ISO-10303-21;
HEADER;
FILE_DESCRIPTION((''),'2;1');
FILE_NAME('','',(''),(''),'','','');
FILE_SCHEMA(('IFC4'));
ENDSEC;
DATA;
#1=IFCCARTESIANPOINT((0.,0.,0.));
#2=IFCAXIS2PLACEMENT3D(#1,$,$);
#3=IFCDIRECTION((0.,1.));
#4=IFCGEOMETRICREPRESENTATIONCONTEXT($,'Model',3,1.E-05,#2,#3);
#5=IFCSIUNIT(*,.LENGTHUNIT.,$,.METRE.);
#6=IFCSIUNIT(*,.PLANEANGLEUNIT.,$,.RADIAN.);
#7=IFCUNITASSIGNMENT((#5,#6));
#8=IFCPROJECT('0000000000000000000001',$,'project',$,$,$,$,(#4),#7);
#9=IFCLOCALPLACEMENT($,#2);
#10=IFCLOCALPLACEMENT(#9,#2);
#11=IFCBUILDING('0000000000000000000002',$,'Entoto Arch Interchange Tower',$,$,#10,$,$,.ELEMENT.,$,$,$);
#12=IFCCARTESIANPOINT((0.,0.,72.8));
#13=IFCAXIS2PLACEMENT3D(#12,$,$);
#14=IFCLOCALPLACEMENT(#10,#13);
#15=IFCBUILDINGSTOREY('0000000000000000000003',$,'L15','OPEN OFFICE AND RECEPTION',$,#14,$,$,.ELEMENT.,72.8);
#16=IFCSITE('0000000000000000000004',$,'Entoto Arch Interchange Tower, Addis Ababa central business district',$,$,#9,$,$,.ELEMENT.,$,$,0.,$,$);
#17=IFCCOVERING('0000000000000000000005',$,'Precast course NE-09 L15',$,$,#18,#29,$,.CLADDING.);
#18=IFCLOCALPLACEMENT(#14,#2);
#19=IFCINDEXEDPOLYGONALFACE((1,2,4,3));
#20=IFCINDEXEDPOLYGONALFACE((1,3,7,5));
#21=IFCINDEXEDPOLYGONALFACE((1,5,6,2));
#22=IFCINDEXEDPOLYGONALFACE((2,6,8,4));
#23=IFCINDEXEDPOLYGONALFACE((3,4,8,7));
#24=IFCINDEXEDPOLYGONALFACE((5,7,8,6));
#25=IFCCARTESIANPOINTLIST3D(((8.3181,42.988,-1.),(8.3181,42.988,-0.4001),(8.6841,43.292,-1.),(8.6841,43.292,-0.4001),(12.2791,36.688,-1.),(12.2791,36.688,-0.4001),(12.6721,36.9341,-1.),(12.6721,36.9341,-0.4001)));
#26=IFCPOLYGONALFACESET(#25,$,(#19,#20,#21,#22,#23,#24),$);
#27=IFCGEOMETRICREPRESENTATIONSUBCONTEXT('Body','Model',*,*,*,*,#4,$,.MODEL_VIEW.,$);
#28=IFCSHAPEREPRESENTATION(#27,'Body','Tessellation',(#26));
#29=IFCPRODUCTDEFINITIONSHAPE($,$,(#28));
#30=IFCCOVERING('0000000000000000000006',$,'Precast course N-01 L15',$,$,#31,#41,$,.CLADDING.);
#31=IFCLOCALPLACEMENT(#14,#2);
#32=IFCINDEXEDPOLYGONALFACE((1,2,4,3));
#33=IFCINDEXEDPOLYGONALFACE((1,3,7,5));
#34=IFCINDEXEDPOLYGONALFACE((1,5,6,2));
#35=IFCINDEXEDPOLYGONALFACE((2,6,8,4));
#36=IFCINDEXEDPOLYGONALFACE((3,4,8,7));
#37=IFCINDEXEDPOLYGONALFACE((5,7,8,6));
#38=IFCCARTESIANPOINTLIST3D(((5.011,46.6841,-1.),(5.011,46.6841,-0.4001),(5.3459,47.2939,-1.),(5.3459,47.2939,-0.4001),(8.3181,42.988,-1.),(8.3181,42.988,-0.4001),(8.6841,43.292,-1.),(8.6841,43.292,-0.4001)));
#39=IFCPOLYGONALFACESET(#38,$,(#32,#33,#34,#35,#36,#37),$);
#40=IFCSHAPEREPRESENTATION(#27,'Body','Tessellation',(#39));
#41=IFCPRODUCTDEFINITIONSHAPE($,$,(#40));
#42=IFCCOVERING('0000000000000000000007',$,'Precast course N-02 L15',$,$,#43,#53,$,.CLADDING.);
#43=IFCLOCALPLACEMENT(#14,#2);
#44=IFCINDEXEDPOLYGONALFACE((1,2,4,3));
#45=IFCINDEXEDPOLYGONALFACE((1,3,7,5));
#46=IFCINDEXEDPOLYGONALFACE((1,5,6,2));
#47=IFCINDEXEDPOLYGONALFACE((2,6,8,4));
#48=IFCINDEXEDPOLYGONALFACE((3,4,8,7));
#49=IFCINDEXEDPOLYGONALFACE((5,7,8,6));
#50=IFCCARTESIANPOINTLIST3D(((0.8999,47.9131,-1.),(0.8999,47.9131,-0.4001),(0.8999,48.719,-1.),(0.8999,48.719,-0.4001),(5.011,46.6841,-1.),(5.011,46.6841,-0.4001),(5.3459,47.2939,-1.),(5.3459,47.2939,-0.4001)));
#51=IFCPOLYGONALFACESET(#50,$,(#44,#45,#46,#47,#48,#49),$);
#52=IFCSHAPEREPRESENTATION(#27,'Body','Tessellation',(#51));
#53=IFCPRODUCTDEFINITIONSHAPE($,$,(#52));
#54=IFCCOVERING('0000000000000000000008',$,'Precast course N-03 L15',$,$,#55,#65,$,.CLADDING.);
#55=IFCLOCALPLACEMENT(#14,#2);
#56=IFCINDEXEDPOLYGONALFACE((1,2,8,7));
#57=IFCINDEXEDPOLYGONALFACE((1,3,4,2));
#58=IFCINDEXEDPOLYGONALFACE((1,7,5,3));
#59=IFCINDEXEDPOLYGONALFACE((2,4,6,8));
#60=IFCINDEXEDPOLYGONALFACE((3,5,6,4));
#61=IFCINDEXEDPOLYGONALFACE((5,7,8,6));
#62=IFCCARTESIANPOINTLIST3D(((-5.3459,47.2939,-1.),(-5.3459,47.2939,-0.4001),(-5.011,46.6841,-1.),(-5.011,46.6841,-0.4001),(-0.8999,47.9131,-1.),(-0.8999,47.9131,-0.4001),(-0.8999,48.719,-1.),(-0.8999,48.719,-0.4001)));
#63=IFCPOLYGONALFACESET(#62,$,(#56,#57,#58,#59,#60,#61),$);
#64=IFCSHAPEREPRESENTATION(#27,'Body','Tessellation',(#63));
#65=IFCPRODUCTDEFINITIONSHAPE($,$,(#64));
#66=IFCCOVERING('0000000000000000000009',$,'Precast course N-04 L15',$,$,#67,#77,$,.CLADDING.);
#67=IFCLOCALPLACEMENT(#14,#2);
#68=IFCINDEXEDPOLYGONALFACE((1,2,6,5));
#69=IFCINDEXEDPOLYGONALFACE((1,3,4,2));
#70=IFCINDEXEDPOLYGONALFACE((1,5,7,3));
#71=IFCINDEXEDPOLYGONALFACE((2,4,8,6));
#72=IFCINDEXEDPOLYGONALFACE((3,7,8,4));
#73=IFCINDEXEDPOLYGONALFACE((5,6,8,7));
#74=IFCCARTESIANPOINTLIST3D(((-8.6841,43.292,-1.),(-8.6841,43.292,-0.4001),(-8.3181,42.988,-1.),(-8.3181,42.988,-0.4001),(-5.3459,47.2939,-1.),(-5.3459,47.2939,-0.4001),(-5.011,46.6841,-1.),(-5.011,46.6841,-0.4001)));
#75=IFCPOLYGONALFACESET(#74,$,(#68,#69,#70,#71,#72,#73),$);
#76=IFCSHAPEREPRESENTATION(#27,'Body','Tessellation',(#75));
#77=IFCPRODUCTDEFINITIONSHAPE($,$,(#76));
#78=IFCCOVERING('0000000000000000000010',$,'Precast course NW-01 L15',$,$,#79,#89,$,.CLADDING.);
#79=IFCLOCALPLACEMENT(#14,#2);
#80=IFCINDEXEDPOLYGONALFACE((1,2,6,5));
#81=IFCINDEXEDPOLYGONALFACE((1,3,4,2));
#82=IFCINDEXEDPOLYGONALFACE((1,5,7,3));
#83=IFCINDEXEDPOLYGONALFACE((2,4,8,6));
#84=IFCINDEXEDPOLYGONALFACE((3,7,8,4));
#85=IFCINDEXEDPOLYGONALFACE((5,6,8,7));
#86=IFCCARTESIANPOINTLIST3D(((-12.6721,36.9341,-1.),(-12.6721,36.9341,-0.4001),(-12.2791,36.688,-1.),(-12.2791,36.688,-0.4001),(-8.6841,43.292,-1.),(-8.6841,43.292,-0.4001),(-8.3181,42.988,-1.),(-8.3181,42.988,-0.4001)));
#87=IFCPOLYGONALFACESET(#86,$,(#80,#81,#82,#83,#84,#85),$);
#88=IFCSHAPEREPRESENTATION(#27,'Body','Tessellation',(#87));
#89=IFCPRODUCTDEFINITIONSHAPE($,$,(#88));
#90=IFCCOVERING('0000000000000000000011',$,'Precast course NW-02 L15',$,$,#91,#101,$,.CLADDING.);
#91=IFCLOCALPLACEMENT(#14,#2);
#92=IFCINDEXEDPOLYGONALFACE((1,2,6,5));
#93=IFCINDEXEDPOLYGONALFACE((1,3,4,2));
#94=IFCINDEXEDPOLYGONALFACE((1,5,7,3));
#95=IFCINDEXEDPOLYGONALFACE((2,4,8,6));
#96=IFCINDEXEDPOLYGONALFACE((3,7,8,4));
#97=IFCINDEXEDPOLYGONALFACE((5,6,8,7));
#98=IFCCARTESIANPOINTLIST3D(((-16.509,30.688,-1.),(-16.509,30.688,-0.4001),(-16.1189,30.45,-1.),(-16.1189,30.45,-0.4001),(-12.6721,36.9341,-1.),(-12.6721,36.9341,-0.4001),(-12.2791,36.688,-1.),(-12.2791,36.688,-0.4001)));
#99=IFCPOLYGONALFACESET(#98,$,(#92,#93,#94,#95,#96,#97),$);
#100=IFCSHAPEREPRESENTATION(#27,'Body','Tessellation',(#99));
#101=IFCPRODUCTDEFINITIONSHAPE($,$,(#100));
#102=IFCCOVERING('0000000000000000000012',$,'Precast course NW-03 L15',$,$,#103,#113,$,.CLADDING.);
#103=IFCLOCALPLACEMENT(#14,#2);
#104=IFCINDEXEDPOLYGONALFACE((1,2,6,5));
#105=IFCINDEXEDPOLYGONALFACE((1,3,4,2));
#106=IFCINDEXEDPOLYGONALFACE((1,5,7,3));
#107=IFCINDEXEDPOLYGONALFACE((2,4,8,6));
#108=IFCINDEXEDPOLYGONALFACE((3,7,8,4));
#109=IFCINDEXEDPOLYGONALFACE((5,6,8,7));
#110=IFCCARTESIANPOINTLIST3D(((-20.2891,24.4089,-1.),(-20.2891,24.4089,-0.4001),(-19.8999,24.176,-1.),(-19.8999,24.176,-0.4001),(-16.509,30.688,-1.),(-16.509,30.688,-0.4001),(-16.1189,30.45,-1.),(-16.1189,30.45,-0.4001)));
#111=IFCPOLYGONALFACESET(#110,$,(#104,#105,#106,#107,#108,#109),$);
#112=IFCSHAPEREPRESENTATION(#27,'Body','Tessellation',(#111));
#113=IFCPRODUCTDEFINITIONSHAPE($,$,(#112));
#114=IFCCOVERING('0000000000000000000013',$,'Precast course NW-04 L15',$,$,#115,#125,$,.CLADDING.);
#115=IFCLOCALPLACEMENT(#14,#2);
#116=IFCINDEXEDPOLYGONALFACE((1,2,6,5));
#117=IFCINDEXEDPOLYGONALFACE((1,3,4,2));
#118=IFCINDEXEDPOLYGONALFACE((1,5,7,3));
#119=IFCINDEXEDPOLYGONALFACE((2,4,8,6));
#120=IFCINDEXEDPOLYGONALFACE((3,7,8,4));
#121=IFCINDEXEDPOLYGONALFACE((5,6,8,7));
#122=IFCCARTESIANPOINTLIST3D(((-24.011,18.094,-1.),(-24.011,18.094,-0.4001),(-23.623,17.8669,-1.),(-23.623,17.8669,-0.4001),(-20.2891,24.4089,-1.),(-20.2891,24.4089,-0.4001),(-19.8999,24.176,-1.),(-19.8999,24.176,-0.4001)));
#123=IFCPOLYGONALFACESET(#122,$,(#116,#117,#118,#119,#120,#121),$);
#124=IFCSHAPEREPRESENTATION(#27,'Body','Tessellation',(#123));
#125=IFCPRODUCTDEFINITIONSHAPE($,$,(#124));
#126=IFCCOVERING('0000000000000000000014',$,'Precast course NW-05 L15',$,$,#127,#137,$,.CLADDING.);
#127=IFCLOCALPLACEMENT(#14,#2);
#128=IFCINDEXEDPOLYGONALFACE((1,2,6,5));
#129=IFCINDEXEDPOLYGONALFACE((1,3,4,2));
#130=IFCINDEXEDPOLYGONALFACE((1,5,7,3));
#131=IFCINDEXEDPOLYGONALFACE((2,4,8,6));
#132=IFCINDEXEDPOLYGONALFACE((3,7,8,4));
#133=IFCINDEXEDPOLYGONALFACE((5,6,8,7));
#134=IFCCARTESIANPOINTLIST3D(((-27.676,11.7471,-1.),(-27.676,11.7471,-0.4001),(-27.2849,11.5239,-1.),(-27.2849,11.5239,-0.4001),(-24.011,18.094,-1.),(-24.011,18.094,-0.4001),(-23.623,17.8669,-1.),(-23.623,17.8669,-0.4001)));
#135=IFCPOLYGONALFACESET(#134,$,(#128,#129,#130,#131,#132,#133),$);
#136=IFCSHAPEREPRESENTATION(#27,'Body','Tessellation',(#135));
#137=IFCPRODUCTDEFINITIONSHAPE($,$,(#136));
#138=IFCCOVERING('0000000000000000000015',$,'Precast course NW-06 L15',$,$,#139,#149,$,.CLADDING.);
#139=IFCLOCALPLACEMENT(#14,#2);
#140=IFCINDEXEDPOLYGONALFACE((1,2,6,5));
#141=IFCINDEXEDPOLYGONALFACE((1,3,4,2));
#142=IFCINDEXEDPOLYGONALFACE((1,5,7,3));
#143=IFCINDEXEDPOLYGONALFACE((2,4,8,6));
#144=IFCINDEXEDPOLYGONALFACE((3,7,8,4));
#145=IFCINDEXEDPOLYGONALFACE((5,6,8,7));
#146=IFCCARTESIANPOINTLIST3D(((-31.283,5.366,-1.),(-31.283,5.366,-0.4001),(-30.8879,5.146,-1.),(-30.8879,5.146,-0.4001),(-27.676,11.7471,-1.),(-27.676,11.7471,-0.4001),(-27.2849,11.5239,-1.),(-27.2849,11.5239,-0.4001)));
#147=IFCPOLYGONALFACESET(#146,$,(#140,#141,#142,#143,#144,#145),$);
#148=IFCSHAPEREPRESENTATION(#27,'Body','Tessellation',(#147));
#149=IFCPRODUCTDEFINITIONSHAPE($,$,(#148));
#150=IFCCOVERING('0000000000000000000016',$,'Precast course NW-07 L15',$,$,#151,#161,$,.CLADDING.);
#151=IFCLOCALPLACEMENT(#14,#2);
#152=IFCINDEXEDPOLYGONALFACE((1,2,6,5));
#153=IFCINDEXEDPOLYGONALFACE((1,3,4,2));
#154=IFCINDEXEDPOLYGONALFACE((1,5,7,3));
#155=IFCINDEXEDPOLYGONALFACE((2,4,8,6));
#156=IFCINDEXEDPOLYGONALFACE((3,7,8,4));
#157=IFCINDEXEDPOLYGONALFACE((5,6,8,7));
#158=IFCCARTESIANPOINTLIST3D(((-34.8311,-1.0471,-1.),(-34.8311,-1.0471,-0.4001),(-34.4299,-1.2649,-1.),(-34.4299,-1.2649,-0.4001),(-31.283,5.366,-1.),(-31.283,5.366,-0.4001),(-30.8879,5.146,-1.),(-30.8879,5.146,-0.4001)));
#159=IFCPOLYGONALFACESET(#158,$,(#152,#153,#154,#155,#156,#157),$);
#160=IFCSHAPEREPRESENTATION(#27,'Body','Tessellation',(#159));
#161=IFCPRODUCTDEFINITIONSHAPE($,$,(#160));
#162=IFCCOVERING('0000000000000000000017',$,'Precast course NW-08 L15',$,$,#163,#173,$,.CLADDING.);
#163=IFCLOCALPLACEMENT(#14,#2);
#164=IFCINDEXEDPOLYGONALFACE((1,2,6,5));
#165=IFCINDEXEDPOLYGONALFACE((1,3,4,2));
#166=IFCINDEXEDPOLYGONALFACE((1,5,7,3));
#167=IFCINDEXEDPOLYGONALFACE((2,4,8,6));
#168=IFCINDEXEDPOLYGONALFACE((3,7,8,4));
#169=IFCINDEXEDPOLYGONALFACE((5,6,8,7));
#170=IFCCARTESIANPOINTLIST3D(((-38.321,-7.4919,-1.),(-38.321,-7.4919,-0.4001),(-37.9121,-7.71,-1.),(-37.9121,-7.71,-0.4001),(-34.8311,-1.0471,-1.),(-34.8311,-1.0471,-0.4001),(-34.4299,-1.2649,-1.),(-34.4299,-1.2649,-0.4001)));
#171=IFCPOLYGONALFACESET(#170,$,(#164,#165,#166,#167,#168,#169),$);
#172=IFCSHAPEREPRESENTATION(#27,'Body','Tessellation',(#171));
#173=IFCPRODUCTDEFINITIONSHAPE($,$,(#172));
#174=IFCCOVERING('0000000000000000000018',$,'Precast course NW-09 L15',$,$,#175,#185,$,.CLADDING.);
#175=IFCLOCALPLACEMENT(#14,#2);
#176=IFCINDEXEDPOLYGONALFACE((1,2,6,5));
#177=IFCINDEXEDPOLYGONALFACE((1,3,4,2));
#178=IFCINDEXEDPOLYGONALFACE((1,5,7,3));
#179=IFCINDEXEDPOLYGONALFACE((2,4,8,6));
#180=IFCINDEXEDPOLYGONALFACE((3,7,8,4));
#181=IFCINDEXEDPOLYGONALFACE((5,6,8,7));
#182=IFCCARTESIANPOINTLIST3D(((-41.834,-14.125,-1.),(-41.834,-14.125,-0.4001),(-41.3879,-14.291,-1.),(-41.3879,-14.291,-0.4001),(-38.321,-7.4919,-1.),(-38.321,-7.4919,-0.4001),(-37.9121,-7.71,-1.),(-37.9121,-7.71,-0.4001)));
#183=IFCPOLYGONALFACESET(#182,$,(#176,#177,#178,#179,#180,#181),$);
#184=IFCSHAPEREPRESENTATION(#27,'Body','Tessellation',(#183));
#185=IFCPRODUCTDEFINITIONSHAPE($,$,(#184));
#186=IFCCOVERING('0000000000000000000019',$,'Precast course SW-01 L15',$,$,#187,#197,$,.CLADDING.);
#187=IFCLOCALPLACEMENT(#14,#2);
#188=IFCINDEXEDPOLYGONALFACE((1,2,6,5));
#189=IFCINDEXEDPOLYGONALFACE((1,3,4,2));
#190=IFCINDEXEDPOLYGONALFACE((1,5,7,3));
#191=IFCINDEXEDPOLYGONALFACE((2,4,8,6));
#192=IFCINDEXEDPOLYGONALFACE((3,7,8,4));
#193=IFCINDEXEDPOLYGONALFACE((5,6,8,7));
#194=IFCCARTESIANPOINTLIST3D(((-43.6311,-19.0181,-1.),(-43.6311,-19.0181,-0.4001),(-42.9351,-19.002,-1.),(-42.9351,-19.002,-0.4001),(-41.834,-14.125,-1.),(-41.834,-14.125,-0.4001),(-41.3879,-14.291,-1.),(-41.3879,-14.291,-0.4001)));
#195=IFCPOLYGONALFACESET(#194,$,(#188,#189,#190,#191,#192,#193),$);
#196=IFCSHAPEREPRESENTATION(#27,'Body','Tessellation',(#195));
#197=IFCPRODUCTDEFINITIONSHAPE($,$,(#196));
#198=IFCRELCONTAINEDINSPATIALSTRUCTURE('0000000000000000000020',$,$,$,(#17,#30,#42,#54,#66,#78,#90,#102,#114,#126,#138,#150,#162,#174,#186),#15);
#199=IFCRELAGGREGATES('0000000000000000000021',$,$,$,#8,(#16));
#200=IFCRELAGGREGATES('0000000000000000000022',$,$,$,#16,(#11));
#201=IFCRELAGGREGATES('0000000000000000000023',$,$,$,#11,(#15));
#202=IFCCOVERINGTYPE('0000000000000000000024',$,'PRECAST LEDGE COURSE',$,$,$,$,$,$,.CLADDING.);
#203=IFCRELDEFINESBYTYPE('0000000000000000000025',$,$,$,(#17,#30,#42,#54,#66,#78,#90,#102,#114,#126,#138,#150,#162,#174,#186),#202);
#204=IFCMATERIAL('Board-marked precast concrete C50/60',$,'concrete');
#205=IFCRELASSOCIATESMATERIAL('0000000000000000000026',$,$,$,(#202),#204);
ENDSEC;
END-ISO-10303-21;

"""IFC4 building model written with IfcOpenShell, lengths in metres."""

from ifc_helpers import new_model, si_unit, direction, frame, origin, place, context, subcontext, project, spatial, polyline, outline, extrude, material, type_object, element, save


model = new_model("IFC4")

# Units and contexts
model_context = context("Model", 3, precision=1e-05, world=origin(), true_north=direction((0.0, 1.0)))
body_context = subcontext(model_context, "Body", "Model", "MODEL_VIEW")
ifc_project = project(units=[si_unit("LENGTHUNIT", "METRE"), si_unit("PLANEANGLEUNIT", "RADIAN")], contexts=[model_context])

# Site, building, storey
site_placement = place(None, origin())
site = spatial("IfcSite", under=ifc_project, at=site_placement, Name="Entoto Arch Interchange Tower, Addis Ababa central business district", CompositionType="ELEMENT", RefElevation=0.0)
building_placement = place(site_placement, origin())
building = spatial("IfcBuilding", under=site, at=building_placement, Name="Entoto Arch Interchange Tower", CompositionType="ELEMENT")
storey_placement = place(building_placement, frame((0.0, 0.0, 72.8)))
storey = spatial("IfcBuildingStorey", under=building, at=storey_placement, Name="L15", Description="OPEN OFFICE AND RECEPTION", CompositionType="ELEMENT", Elevation=72.8)

# Coverings
ifc_material_1 = material(Name="Board-marked precast concrete C50/60", Category="concrete")
covering_type = type_object("IfcCoveringType", Name="PRECAST LEDGE COURSE", PredefinedType="CLADDING", material=ifc_material_1)
covering_1_placement = place(storey_placement, frame((0.0, 0.0, -1.0)))
element("IfcCovering", 1, at=covering_1_placement, inside=storey, type_object=covering_type, Name="Precast course NE-09 L15", PredefinedType="CLADDING", context=body_context, shape_type="SweptSolid", body=[
    extrude(outline(polyline([(8.3181, 42.988), (8.6841, 43.292), (12.6721, 36.9341), (12.2791, 36.688), (8.3181, 42.988)])), origin(), (0.0, 0.0, 1.0), 0.5999),
])
covering_2_placement = place(storey_placement, frame((0.0, 0.0, -1.0)))
element("IfcCovering", 2, at=covering_2_placement, inside=storey, type_object=covering_type, Name="Precast course N-01 L15", PredefinedType="CLADDING", context=body_context, shape_type="SweptSolid", body=[
    extrude(outline(polyline([(5.011, 46.6841), (5.3459, 47.2939), (8.6841, 43.292), (8.3181, 42.988), (5.011, 46.6841)])), origin(), (0.0, 0.0, 1.0), 0.5999),
])
covering_3_placement = place(storey_placement, frame((0.0, 0.0, -1.0)))
element("IfcCovering", 3, at=covering_3_placement, inside=storey, type_object=covering_type, Name="Precast course N-02 L15", PredefinedType="CLADDING", context=body_context, shape_type="SweptSolid", body=[
    extrude(outline(polyline([(0.8999, 47.9131), (0.8999, 48.719), (5.3459, 47.2939), (5.011, 46.6841), (0.8999, 47.9131)])), origin(), (0.0, 0.0, 1.0), 0.5999),
])
covering_4_placement = place(storey_placement, frame((0.0, 0.0, -1.0)))
element("IfcCovering", 4, at=covering_4_placement, inside=storey, type_object=covering_type, Name="Precast course N-03 L15", PredefinedType="CLADDING", context=body_context, shape_type="SweptSolid", body=[
    extrude(outline(polyline([(-5.011, 46.6841), (-5.3459, 47.2939), (-0.8999, 48.719), (-0.8999, 47.9131), (-5.011, 46.6841)])), origin(), (0.0, 0.0, 1.0), 0.5999),
])
covering_5_placement = place(storey_placement, frame((0.0, 0.0, -1.0)))
element("IfcCovering", 5, at=covering_5_placement, inside=storey, type_object=covering_type, Name="Precast course N-04 L15", PredefinedType="CLADDING", context=body_context, shape_type="SweptSolid", body=[
    extrude(outline(polyline([(-8.3181, 42.988), (-8.6841, 43.292), (-5.3459, 47.2939), (-5.011, 46.6841), (-8.3181, 42.988)])), origin(), (0.0, 0.0, 1.0), 0.5999),
])
covering_6_placement = place(storey_placement, frame((0.0, 0.0, -1.0)))
element("IfcCovering", 6, at=covering_6_placement, inside=storey, type_object=covering_type, Name="Precast course NW-01 L15", PredefinedType="CLADDING", context=body_context, shape_type="SweptSolid", body=[
    extrude(outline(polyline([(-12.2791, 36.688), (-12.6721, 36.9341), (-8.6841, 43.292), (-8.3181, 42.988), (-12.2791, 36.688)])), origin(), (0.0, 0.0, 1.0), 0.5999),
])
covering_7_placement = place(storey_placement, frame((0.0, 0.0, -1.0)))
element("IfcCovering", 7, at=covering_7_placement, inside=storey, type_object=covering_type, Name="Precast course NW-02 L15", PredefinedType="CLADDING", context=body_context, shape_type="SweptSolid", body=[
    extrude(outline(polyline([(-16.1189, 30.45), (-16.509, 30.688), (-12.6721, 36.9341), (-12.2791, 36.688), (-16.1189, 30.45)])), origin(), (0.0, 0.0, 1.0), 0.5999),
])
covering_8_placement = place(storey_placement, frame((0.0, 0.0, -1.0)))
element("IfcCovering", 8, at=covering_8_placement, inside=storey, type_object=covering_type, Name="Precast course NW-03 L15", PredefinedType="CLADDING", context=body_context, shape_type="SweptSolid", body=[
    extrude(outline(polyline([(-19.8999, 24.176), (-20.2891, 24.4089), (-16.509, 30.688), (-16.1189, 30.45), (-19.8999, 24.176)])), origin(), (0.0, 0.0, 1.0), 0.5999),
])
covering_9_placement = place(storey_placement, frame((0.0, 0.0, -1.0)))
element("IfcCovering", 9, at=covering_9_placement, inside=storey, type_object=covering_type, Name="Precast course NW-04 L15", PredefinedType="CLADDING", context=body_context, shape_type="SweptSolid", body=[
    extrude(outline(polyline([(-23.623, 17.8669), (-24.011, 18.094), (-20.2891, 24.4089), (-19.8999, 24.176), (-23.623, 17.8669)])), origin(), (0.0, 0.0, 1.0), 0.5999),
])
covering_10_placement = place(storey_placement, frame((0.0, 0.0, -1.0)))
element("IfcCovering", 10, at=covering_10_placement, inside=storey, type_object=covering_type, Name="Precast course NW-05 L15", PredefinedType="CLADDING", context=body_context, shape_type="SweptSolid", body=[
    extrude(outline(polyline([(-27.2849, 11.5239), (-27.676, 11.7471), (-24.011, 18.094), (-23.623, 17.8669), (-27.2849, 11.5239)])), origin(), (0.0, 0.0, 1.0), 0.5999),
])
covering_11_placement = place(storey_placement, frame((0.0, 0.0, -1.0)))
element("IfcCovering", 11, at=covering_11_placement, inside=storey, type_object=covering_type, Name="Precast course NW-06 L15", PredefinedType="CLADDING", context=body_context, shape_type="SweptSolid", body=[
    extrude(outline(polyline([(-30.8879, 5.146), (-31.283, 5.366), (-27.676, 11.7471), (-27.2849, 11.5239), (-30.8879, 5.146)])), origin(), (0.0, 0.0, 1.0), 0.5999),
])
covering_12_placement = place(storey_placement, frame((0.0, 0.0, -1.0)))
element("IfcCovering", 12, at=covering_12_placement, inside=storey, type_object=covering_type, Name="Precast course NW-07 L15", PredefinedType="CLADDING", context=body_context, shape_type="SweptSolid", body=[
    extrude(outline(polyline([(-34.4299, -1.2649), (-34.8311, -1.0471), (-31.283, 5.366), (-30.8879, 5.146), (-34.4299, -1.2649)])), origin(), (0.0, 0.0, 1.0), 0.5999),
])
covering_13_placement = place(storey_placement, frame((0.0, 0.0, -1.0)))
element("IfcCovering", 13, at=covering_13_placement, inside=storey, type_object=covering_type, Name="Precast course NW-08 L15", PredefinedType="CLADDING", context=body_context, shape_type="SweptSolid", body=[
    extrude(outline(polyline([(-37.9121, -7.71), (-38.321, -7.4919), (-34.8311, -1.0471), (-34.4299, -1.2649), (-37.9121, -7.71)])), origin(), (0.0, 0.0, 1.0), 0.5999),
])
covering_14_placement = place(storey_placement, frame((0.0, 0.0, -1.0)))
element("IfcCovering", 14, at=covering_14_placement, inside=storey, type_object=covering_type, Name="Precast course NW-09 L15", PredefinedType="CLADDING", context=body_context, shape_type="SweptSolid", body=[
    extrude(outline(polyline([(-41.3879, -14.291), (-41.834, -14.125), (-38.321, -7.4919), (-37.9121, -7.71), (-41.3879, -14.291)])), origin(), (0.0, 0.0, 1.0), 0.5999),
])
covering_15_placement = place(storey_placement, frame((0.0, 0.0, -1.0)))
element("IfcCovering", 15, at=covering_15_placement, inside=storey, type_object=covering_type, Name="Precast course SW-01 L15", PredefinedType="CLADDING", context=body_context, shape_type="SweptSolid", body=[
    extrude(outline(polyline([(-42.9351, -19.002), (-43.6311, -19.0181), (-41.834, -14.125), (-41.3879, -14.291), (-42.9351, -19.002)])), origin(), (0.0, 0.0, 1.0), 0.5999),
])

save(model, "model.ifc")
